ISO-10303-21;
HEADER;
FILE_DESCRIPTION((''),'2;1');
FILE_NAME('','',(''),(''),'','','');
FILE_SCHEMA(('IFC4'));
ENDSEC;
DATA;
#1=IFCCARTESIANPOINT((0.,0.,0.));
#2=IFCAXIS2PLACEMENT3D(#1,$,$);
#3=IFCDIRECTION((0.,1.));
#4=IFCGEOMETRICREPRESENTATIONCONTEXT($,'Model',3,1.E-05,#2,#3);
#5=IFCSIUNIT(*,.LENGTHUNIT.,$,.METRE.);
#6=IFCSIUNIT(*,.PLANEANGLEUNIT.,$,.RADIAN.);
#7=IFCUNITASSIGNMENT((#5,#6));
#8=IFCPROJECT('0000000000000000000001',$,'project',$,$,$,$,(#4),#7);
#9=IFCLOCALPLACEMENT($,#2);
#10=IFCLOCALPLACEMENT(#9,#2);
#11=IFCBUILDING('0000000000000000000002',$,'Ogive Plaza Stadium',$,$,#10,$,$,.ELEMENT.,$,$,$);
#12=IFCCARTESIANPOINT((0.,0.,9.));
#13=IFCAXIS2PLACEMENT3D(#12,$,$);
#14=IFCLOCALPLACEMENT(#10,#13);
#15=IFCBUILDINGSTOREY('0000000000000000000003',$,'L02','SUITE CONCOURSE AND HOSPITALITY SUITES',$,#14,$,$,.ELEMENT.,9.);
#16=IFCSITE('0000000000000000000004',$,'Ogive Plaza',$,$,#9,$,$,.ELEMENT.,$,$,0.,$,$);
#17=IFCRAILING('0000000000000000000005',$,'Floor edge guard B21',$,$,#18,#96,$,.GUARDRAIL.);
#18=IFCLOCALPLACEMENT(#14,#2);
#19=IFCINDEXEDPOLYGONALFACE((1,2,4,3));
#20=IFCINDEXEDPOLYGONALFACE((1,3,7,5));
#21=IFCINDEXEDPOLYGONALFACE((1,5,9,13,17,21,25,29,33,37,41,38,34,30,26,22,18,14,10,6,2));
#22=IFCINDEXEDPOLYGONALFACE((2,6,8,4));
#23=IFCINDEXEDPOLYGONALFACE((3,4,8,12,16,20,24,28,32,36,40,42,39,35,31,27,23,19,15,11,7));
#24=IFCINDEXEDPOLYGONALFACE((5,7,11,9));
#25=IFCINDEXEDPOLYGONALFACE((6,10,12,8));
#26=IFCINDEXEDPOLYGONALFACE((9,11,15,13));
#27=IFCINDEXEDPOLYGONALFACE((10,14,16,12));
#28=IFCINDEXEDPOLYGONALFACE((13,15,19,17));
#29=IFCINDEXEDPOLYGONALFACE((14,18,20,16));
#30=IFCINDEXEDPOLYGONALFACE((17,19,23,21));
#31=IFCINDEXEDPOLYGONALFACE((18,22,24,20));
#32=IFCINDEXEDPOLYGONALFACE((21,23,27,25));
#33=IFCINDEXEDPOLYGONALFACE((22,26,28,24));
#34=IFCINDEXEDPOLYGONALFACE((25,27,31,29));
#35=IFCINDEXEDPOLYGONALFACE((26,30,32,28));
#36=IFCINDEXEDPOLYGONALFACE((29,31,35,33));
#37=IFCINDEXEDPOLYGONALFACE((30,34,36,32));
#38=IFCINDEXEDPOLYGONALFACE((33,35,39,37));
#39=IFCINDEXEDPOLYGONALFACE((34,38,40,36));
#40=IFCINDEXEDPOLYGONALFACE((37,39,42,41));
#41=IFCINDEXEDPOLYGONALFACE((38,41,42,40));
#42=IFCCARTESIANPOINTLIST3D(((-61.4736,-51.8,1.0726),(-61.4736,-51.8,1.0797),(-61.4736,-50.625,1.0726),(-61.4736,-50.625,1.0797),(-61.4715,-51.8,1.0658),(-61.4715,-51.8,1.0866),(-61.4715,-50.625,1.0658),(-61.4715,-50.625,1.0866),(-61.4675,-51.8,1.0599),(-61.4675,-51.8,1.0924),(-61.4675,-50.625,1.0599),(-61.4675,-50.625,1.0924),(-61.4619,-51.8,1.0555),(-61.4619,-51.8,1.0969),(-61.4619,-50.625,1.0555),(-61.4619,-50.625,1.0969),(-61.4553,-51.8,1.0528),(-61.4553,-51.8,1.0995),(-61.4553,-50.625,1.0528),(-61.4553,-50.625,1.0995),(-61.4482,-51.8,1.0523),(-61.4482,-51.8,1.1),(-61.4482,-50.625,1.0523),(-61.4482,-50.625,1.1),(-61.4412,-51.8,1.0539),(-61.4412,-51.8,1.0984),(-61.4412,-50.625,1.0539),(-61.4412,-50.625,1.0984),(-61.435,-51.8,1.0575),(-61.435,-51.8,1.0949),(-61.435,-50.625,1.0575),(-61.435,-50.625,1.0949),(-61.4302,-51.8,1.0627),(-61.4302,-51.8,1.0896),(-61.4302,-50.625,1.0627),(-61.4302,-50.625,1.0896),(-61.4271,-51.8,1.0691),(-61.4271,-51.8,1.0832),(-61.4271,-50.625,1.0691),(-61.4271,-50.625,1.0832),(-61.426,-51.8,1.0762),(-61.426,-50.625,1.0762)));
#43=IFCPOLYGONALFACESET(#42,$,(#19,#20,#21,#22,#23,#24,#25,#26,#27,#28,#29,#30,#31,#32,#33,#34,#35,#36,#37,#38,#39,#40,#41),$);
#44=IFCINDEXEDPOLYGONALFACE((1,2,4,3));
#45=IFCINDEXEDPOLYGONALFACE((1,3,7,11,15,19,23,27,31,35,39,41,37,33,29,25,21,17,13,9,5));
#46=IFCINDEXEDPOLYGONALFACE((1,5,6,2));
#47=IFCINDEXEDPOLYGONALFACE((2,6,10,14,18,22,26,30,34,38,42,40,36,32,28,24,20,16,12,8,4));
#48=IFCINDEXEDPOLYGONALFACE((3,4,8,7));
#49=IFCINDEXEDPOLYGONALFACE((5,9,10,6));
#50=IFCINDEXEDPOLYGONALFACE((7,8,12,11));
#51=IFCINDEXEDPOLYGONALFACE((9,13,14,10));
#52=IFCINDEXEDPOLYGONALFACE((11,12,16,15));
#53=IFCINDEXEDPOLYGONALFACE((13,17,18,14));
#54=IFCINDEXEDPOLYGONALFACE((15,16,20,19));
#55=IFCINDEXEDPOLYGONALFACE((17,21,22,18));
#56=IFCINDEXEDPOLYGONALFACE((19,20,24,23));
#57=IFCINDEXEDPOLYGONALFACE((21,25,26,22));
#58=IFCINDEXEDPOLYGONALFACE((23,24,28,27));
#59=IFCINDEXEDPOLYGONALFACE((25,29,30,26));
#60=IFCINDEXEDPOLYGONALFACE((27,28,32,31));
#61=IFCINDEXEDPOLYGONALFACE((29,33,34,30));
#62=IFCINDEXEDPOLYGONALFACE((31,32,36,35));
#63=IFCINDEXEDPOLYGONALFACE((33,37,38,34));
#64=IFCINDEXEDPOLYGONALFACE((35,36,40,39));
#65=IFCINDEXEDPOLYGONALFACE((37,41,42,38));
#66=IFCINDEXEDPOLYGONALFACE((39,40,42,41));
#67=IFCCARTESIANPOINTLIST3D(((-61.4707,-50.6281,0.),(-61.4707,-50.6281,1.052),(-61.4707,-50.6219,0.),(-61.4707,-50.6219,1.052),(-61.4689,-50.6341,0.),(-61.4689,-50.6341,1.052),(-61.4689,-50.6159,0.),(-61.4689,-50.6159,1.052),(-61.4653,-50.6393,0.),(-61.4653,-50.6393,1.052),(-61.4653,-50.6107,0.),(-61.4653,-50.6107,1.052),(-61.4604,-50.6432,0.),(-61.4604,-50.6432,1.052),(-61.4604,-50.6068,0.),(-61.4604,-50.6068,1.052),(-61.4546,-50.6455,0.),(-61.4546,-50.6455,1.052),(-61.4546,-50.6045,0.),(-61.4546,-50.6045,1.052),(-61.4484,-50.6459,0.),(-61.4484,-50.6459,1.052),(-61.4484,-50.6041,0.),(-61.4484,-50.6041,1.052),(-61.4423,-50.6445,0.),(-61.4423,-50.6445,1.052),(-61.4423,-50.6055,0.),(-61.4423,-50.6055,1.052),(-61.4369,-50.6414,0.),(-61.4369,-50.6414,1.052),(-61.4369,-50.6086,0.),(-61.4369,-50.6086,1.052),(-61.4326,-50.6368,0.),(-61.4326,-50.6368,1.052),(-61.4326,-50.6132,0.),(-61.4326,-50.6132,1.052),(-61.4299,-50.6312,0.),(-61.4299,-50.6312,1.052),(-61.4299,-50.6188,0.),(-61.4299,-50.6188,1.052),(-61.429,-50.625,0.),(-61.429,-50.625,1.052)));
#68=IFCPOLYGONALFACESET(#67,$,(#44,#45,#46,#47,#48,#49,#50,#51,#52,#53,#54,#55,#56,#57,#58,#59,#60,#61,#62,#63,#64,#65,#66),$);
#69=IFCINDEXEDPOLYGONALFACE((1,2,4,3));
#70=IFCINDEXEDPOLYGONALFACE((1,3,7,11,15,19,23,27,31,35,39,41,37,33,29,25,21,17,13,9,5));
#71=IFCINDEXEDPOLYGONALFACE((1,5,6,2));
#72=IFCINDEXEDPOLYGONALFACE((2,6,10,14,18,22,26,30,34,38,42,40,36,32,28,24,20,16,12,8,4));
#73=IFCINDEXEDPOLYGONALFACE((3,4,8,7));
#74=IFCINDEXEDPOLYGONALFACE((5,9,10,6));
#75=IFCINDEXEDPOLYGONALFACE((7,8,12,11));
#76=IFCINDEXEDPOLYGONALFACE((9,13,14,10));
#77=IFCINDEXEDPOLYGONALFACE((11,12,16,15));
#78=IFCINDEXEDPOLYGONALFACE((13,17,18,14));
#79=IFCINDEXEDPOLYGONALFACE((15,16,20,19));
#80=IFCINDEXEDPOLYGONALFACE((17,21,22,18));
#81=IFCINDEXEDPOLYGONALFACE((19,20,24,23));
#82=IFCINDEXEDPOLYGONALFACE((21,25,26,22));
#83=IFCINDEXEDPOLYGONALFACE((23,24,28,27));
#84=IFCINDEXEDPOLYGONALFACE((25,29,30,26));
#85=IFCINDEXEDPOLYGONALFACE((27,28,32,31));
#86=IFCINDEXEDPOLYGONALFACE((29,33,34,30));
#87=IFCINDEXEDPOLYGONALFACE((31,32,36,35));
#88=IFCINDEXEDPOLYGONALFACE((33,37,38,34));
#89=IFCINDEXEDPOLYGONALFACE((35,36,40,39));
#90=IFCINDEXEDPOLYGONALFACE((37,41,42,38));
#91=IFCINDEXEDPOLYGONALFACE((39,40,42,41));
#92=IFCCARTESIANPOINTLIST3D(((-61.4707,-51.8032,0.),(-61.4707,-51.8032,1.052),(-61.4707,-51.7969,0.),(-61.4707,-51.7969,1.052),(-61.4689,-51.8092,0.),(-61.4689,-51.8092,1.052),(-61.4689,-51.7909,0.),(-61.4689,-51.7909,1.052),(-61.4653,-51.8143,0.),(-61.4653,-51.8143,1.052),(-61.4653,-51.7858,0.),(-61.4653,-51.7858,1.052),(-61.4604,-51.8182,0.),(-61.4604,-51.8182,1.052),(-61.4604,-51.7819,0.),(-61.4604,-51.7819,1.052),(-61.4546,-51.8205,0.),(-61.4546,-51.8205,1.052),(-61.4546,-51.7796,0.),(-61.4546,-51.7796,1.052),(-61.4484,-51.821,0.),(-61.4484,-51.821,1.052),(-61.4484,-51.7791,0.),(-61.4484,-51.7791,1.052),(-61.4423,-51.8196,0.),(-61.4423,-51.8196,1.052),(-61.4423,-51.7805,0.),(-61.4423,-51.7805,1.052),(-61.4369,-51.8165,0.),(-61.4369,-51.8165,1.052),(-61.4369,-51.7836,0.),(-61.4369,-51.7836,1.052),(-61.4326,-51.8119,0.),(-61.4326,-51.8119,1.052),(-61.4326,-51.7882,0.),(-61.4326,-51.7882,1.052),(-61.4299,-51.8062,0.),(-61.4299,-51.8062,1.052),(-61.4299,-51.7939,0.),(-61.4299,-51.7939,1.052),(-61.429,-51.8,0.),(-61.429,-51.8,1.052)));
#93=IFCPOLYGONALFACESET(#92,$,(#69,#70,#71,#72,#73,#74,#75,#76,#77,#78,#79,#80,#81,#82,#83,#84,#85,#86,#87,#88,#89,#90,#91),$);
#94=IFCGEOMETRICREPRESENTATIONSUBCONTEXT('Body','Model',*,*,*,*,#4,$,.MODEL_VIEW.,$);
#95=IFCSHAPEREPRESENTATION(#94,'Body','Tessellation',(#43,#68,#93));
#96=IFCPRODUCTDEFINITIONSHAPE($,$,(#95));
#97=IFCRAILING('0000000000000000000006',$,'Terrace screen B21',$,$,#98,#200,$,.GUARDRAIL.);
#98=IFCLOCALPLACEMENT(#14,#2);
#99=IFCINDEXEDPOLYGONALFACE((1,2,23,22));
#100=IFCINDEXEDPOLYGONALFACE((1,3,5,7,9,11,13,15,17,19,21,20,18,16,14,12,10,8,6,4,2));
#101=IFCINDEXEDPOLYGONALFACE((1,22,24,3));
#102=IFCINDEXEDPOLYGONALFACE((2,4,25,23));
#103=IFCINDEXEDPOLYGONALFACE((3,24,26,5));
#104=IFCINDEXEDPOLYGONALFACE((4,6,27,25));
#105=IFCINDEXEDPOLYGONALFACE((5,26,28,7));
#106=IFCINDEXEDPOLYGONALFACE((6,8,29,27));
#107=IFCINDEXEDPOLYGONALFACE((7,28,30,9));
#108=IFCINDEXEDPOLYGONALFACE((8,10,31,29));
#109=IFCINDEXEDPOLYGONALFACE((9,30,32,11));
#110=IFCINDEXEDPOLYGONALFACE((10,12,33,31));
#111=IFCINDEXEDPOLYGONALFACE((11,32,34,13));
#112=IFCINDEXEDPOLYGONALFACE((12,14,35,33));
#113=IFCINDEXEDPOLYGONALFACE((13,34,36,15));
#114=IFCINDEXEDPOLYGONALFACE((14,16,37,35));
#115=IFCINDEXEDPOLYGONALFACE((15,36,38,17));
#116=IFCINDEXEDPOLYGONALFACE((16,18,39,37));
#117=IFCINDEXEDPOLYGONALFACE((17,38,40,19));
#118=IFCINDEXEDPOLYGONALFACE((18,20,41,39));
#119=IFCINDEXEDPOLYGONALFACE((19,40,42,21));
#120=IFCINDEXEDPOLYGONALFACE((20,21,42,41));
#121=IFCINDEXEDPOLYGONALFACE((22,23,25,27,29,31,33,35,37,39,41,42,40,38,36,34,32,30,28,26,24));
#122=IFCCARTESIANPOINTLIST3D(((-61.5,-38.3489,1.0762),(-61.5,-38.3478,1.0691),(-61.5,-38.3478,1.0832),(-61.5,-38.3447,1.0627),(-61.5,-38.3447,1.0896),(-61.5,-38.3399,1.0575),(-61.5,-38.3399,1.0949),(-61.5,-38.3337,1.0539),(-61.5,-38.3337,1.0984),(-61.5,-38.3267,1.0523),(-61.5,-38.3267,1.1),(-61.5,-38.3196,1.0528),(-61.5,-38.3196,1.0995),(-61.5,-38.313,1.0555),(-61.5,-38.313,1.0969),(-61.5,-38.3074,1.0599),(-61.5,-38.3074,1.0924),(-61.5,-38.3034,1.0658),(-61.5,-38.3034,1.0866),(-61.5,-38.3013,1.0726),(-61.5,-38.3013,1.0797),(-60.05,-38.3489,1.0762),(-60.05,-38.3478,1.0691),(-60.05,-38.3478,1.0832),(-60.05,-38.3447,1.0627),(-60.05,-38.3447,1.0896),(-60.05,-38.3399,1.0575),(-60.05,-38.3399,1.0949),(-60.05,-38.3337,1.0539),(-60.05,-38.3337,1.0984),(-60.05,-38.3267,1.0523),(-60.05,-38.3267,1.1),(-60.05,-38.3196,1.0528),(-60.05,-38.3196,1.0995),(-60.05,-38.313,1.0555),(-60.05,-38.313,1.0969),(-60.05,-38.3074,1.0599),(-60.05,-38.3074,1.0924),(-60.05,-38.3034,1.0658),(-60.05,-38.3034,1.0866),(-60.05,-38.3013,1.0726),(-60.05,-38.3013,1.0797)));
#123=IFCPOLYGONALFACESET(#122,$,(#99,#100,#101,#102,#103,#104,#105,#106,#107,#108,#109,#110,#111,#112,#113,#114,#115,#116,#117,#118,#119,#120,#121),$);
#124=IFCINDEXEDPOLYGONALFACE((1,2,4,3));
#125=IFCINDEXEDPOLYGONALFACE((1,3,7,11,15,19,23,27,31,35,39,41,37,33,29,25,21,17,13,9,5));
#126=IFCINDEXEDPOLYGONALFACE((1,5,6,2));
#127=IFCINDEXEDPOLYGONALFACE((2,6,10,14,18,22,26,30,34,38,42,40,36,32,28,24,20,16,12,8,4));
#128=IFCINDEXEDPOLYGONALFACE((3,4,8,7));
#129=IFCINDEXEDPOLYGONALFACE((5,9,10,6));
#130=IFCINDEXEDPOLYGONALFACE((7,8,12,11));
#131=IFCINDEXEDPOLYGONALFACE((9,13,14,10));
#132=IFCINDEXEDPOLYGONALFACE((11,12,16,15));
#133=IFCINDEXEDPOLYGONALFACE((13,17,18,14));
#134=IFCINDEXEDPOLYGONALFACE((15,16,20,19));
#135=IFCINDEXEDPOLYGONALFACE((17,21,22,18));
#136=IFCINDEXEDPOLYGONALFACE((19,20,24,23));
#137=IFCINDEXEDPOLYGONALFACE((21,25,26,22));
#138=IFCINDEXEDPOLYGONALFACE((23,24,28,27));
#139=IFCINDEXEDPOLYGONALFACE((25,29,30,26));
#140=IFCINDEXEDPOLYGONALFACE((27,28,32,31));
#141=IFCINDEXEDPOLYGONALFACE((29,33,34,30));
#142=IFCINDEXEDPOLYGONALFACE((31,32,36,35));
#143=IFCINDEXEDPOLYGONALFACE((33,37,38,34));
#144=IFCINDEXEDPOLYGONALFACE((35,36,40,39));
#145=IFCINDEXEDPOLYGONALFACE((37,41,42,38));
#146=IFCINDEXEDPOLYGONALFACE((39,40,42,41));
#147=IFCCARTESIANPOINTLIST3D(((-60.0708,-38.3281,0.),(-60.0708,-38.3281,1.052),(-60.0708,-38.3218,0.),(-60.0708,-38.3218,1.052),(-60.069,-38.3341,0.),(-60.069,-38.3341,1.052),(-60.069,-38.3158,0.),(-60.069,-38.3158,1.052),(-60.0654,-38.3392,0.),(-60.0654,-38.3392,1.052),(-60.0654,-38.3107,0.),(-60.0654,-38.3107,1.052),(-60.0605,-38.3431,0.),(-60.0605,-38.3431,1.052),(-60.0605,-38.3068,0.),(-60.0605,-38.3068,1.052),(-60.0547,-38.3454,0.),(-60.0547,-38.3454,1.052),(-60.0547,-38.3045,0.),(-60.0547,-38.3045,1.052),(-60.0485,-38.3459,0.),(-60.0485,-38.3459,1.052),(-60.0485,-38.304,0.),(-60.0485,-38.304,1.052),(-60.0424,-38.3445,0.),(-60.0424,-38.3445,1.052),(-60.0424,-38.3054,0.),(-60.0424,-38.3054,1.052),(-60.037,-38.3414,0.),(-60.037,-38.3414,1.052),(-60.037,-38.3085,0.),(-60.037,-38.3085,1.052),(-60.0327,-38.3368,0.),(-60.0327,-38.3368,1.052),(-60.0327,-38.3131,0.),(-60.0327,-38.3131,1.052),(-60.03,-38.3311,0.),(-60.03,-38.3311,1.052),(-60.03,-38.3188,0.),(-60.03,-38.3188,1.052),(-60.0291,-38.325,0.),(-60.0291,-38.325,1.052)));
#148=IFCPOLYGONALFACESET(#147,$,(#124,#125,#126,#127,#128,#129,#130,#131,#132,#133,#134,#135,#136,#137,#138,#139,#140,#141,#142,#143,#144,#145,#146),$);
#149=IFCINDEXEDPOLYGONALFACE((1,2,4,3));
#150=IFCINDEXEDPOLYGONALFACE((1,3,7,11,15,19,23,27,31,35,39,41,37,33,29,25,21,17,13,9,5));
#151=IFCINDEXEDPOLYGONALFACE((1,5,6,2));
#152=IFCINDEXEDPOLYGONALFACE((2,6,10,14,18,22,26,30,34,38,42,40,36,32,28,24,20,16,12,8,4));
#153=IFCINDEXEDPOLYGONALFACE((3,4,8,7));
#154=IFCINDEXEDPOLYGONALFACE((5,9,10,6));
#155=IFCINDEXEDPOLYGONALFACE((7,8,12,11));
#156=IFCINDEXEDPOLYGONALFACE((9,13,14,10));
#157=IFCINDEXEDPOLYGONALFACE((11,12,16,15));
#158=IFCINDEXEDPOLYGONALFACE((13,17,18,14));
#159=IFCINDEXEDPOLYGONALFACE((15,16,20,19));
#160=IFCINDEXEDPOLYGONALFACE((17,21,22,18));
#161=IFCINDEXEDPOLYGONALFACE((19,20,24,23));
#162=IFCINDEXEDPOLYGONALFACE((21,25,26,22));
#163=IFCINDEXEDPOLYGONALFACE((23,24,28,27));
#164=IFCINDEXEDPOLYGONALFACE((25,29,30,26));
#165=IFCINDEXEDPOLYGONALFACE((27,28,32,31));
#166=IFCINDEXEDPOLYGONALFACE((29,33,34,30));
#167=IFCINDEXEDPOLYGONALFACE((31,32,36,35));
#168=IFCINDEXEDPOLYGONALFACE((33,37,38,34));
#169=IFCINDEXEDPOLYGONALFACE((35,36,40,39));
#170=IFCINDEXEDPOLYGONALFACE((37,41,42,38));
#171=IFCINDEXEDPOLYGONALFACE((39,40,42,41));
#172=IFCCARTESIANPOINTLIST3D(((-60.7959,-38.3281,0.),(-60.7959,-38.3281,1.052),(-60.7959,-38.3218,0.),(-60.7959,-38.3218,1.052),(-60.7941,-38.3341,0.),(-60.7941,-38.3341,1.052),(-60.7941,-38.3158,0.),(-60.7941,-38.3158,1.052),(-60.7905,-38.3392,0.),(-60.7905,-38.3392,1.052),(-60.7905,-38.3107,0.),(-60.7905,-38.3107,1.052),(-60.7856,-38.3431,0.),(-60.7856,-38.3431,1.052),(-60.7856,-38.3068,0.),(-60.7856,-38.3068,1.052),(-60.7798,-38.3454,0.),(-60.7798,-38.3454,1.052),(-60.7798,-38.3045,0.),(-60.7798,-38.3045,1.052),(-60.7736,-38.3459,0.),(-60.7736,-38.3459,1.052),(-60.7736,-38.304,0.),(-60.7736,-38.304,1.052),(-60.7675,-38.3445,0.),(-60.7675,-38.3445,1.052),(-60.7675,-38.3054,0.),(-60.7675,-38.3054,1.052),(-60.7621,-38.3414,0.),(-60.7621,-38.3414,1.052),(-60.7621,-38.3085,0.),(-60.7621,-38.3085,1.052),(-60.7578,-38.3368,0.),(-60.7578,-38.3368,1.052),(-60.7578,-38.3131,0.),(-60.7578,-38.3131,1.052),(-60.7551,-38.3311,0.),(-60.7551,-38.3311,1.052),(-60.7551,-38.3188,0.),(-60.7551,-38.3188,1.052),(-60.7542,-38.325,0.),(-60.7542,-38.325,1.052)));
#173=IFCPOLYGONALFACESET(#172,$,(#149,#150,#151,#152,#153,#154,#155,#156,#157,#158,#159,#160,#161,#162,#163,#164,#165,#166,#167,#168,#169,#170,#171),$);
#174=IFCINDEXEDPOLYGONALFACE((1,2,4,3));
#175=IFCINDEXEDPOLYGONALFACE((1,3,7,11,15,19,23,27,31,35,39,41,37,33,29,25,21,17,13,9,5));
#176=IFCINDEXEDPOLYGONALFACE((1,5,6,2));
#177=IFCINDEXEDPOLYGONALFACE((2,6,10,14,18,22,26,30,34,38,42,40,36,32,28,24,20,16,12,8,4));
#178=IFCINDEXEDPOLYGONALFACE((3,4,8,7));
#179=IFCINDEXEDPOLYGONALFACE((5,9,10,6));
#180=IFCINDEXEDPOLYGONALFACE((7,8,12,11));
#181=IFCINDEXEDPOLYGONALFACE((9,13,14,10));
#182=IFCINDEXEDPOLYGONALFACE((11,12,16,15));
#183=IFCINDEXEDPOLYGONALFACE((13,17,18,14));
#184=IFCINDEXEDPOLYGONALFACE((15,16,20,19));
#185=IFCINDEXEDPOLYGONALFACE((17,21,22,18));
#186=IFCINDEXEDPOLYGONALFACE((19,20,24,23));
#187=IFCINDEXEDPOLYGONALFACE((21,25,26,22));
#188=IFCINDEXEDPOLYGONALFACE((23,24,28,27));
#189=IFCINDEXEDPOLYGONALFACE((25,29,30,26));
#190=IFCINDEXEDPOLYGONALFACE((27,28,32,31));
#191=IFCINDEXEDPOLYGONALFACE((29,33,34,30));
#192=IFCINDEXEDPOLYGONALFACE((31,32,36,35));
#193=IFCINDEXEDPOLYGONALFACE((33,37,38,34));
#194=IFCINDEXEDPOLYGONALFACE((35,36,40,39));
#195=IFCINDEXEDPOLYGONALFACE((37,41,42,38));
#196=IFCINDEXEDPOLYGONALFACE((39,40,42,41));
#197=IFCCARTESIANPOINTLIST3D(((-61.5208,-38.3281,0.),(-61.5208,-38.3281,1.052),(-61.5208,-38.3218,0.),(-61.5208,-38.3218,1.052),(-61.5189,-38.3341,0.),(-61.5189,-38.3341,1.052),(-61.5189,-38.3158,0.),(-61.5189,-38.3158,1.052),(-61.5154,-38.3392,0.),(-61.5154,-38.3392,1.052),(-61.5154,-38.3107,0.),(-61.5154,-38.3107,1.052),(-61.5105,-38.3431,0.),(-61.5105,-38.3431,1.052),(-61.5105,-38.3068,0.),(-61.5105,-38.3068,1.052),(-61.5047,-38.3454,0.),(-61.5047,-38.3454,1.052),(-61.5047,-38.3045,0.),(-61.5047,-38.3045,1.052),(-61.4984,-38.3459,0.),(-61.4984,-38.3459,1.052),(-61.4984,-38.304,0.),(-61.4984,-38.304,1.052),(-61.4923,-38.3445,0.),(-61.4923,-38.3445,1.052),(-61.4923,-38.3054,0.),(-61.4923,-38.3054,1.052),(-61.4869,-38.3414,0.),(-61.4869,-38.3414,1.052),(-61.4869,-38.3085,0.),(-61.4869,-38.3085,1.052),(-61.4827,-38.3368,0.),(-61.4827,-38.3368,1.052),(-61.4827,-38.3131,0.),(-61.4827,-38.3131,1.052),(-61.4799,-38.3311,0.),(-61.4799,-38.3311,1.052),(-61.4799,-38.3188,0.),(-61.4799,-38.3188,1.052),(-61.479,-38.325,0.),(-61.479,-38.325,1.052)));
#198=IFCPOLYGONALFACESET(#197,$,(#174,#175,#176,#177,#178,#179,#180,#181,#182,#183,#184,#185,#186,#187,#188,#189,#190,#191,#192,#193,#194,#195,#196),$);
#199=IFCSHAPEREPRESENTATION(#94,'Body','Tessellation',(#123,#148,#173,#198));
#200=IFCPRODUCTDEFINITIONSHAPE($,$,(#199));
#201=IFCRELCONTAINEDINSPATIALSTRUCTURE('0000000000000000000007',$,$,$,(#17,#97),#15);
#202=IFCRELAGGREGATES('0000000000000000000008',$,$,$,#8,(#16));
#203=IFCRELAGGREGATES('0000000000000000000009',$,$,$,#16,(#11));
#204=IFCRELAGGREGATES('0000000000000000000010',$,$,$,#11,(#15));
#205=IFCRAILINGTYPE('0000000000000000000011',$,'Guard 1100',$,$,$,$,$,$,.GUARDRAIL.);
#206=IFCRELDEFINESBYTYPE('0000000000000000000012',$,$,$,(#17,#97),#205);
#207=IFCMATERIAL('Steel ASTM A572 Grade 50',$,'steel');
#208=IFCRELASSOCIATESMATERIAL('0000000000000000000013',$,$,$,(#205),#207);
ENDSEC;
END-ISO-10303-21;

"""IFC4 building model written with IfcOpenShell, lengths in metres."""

from ifc_helpers import new_model, si_unit, direction, frame, origin, origin_2d, place, context, subcontext, project, spatial, circle, extrude, material, type_object, element, save


model = new_model("IFC4")

# Units and contexts
model_context = context("Model", 3, precision=1e-05, world=origin(), true_north=direction((0.0, 1.0)))
body_context = subcontext(model_context, "Body", "Model", "MODEL_VIEW")
ifc_project = project(units=[si_unit("LENGTHUNIT", "METRE"), si_unit("PLANEANGLEUNIT", "RADIAN")], contexts=[model_context])

# Site, building, storey
site_placement = place(None, origin())
site = spatial("IfcSite", under=ifc_project, at=site_placement, Name="Ogive Plaza", CompositionType="ELEMENT", RefElevation=0.0)
building_placement = place(site_placement, origin())
building = spatial("IfcBuilding", under=site, at=building_placement, Name="Ogive Plaza Stadium", CompositionType="ELEMENT")
storey_placement = place(building_placement, frame((0.0, 0.0, 9.0)))
storey = spatial("IfcBuildingStorey", under=building, at=storey_placement, Name="L02", Description="SUITE CONCOURSE AND HOSPITALITY SUITES", CompositionType="ELEMENT", Elevation=9.0)

# Railings
ifc_material_1 = material(Name="Steel ASTM A572 Grade 50", Category="steel")
railing_type = type_object("IfcRailingType", Name="Guard 1100", PredefinedType="GUARDRAIL", material=ifc_material_1)
railing_1_placement = place(storey_placement, frame((-61.45, -50.625, 0.0)))
element("IfcRailing", 1, at=railing_1_placement, inside=storey, type_object=railing_type, Name="Floor edge guard B21", PredefinedType="GUARDRAIL", context=body_context, shape_type="SweptSolid", body=[
    extrude(circle(Radius=0.0239, at=origin_2d()), frame((0.0, 0.0, 1.0762), z_axis=(0.0, -1.0, 0.0), x_axis=(1.0, 0.0, 0.0)), (0.0, 0.0, 1.0), 1.175),
    extrude(circle(Radius=0.021, at=origin_2d()), origin(), (0.0, 0.0, 1.0), 1.052),
    extrude(circle(Radius=0.021, at=origin_2d()), frame((0.0, -1.175, 0.0)), (0.0, 0.0, 1.0), 1.052),
])
for number, where, name in (
    (2, (-60.05, -38.325, 0.0), "Terrace screen B21"),
):
    element("IfcRailing", number, at=place(storey_placement, frame(where)), inside=storey, type_object=railing_type, Name=name, PredefinedType="GUARDRAIL", context=body_context, shape_type="SweptSolid", body=[
        extrude(circle(Radius=0.0239, at=origin_2d()), frame((0.0, 0.0, 1.0762), z_axis=(-1.0, 0.0, 0.0), x_axis=(0.0, -1.0, 0.0)), (0.0, 0.0, 1.0), 1.45),
        extrude(circle(Radius=0.021, at=origin_2d()), origin(), (0.0, 0.0, 1.0), 1.052),
        extrude(circle(Radius=0.021, at=origin_2d()), frame((-0.7251, 0.0, 0.0)), (0.0, 0.0, 1.0), 1.052),
        extrude(circle(Radius=0.021, at=origin_2d()), frame((-1.45, 0.0, 0.0)), (0.0, 0.0, 1.0), 1.052),
    ])

save(model, "model.ifc")
